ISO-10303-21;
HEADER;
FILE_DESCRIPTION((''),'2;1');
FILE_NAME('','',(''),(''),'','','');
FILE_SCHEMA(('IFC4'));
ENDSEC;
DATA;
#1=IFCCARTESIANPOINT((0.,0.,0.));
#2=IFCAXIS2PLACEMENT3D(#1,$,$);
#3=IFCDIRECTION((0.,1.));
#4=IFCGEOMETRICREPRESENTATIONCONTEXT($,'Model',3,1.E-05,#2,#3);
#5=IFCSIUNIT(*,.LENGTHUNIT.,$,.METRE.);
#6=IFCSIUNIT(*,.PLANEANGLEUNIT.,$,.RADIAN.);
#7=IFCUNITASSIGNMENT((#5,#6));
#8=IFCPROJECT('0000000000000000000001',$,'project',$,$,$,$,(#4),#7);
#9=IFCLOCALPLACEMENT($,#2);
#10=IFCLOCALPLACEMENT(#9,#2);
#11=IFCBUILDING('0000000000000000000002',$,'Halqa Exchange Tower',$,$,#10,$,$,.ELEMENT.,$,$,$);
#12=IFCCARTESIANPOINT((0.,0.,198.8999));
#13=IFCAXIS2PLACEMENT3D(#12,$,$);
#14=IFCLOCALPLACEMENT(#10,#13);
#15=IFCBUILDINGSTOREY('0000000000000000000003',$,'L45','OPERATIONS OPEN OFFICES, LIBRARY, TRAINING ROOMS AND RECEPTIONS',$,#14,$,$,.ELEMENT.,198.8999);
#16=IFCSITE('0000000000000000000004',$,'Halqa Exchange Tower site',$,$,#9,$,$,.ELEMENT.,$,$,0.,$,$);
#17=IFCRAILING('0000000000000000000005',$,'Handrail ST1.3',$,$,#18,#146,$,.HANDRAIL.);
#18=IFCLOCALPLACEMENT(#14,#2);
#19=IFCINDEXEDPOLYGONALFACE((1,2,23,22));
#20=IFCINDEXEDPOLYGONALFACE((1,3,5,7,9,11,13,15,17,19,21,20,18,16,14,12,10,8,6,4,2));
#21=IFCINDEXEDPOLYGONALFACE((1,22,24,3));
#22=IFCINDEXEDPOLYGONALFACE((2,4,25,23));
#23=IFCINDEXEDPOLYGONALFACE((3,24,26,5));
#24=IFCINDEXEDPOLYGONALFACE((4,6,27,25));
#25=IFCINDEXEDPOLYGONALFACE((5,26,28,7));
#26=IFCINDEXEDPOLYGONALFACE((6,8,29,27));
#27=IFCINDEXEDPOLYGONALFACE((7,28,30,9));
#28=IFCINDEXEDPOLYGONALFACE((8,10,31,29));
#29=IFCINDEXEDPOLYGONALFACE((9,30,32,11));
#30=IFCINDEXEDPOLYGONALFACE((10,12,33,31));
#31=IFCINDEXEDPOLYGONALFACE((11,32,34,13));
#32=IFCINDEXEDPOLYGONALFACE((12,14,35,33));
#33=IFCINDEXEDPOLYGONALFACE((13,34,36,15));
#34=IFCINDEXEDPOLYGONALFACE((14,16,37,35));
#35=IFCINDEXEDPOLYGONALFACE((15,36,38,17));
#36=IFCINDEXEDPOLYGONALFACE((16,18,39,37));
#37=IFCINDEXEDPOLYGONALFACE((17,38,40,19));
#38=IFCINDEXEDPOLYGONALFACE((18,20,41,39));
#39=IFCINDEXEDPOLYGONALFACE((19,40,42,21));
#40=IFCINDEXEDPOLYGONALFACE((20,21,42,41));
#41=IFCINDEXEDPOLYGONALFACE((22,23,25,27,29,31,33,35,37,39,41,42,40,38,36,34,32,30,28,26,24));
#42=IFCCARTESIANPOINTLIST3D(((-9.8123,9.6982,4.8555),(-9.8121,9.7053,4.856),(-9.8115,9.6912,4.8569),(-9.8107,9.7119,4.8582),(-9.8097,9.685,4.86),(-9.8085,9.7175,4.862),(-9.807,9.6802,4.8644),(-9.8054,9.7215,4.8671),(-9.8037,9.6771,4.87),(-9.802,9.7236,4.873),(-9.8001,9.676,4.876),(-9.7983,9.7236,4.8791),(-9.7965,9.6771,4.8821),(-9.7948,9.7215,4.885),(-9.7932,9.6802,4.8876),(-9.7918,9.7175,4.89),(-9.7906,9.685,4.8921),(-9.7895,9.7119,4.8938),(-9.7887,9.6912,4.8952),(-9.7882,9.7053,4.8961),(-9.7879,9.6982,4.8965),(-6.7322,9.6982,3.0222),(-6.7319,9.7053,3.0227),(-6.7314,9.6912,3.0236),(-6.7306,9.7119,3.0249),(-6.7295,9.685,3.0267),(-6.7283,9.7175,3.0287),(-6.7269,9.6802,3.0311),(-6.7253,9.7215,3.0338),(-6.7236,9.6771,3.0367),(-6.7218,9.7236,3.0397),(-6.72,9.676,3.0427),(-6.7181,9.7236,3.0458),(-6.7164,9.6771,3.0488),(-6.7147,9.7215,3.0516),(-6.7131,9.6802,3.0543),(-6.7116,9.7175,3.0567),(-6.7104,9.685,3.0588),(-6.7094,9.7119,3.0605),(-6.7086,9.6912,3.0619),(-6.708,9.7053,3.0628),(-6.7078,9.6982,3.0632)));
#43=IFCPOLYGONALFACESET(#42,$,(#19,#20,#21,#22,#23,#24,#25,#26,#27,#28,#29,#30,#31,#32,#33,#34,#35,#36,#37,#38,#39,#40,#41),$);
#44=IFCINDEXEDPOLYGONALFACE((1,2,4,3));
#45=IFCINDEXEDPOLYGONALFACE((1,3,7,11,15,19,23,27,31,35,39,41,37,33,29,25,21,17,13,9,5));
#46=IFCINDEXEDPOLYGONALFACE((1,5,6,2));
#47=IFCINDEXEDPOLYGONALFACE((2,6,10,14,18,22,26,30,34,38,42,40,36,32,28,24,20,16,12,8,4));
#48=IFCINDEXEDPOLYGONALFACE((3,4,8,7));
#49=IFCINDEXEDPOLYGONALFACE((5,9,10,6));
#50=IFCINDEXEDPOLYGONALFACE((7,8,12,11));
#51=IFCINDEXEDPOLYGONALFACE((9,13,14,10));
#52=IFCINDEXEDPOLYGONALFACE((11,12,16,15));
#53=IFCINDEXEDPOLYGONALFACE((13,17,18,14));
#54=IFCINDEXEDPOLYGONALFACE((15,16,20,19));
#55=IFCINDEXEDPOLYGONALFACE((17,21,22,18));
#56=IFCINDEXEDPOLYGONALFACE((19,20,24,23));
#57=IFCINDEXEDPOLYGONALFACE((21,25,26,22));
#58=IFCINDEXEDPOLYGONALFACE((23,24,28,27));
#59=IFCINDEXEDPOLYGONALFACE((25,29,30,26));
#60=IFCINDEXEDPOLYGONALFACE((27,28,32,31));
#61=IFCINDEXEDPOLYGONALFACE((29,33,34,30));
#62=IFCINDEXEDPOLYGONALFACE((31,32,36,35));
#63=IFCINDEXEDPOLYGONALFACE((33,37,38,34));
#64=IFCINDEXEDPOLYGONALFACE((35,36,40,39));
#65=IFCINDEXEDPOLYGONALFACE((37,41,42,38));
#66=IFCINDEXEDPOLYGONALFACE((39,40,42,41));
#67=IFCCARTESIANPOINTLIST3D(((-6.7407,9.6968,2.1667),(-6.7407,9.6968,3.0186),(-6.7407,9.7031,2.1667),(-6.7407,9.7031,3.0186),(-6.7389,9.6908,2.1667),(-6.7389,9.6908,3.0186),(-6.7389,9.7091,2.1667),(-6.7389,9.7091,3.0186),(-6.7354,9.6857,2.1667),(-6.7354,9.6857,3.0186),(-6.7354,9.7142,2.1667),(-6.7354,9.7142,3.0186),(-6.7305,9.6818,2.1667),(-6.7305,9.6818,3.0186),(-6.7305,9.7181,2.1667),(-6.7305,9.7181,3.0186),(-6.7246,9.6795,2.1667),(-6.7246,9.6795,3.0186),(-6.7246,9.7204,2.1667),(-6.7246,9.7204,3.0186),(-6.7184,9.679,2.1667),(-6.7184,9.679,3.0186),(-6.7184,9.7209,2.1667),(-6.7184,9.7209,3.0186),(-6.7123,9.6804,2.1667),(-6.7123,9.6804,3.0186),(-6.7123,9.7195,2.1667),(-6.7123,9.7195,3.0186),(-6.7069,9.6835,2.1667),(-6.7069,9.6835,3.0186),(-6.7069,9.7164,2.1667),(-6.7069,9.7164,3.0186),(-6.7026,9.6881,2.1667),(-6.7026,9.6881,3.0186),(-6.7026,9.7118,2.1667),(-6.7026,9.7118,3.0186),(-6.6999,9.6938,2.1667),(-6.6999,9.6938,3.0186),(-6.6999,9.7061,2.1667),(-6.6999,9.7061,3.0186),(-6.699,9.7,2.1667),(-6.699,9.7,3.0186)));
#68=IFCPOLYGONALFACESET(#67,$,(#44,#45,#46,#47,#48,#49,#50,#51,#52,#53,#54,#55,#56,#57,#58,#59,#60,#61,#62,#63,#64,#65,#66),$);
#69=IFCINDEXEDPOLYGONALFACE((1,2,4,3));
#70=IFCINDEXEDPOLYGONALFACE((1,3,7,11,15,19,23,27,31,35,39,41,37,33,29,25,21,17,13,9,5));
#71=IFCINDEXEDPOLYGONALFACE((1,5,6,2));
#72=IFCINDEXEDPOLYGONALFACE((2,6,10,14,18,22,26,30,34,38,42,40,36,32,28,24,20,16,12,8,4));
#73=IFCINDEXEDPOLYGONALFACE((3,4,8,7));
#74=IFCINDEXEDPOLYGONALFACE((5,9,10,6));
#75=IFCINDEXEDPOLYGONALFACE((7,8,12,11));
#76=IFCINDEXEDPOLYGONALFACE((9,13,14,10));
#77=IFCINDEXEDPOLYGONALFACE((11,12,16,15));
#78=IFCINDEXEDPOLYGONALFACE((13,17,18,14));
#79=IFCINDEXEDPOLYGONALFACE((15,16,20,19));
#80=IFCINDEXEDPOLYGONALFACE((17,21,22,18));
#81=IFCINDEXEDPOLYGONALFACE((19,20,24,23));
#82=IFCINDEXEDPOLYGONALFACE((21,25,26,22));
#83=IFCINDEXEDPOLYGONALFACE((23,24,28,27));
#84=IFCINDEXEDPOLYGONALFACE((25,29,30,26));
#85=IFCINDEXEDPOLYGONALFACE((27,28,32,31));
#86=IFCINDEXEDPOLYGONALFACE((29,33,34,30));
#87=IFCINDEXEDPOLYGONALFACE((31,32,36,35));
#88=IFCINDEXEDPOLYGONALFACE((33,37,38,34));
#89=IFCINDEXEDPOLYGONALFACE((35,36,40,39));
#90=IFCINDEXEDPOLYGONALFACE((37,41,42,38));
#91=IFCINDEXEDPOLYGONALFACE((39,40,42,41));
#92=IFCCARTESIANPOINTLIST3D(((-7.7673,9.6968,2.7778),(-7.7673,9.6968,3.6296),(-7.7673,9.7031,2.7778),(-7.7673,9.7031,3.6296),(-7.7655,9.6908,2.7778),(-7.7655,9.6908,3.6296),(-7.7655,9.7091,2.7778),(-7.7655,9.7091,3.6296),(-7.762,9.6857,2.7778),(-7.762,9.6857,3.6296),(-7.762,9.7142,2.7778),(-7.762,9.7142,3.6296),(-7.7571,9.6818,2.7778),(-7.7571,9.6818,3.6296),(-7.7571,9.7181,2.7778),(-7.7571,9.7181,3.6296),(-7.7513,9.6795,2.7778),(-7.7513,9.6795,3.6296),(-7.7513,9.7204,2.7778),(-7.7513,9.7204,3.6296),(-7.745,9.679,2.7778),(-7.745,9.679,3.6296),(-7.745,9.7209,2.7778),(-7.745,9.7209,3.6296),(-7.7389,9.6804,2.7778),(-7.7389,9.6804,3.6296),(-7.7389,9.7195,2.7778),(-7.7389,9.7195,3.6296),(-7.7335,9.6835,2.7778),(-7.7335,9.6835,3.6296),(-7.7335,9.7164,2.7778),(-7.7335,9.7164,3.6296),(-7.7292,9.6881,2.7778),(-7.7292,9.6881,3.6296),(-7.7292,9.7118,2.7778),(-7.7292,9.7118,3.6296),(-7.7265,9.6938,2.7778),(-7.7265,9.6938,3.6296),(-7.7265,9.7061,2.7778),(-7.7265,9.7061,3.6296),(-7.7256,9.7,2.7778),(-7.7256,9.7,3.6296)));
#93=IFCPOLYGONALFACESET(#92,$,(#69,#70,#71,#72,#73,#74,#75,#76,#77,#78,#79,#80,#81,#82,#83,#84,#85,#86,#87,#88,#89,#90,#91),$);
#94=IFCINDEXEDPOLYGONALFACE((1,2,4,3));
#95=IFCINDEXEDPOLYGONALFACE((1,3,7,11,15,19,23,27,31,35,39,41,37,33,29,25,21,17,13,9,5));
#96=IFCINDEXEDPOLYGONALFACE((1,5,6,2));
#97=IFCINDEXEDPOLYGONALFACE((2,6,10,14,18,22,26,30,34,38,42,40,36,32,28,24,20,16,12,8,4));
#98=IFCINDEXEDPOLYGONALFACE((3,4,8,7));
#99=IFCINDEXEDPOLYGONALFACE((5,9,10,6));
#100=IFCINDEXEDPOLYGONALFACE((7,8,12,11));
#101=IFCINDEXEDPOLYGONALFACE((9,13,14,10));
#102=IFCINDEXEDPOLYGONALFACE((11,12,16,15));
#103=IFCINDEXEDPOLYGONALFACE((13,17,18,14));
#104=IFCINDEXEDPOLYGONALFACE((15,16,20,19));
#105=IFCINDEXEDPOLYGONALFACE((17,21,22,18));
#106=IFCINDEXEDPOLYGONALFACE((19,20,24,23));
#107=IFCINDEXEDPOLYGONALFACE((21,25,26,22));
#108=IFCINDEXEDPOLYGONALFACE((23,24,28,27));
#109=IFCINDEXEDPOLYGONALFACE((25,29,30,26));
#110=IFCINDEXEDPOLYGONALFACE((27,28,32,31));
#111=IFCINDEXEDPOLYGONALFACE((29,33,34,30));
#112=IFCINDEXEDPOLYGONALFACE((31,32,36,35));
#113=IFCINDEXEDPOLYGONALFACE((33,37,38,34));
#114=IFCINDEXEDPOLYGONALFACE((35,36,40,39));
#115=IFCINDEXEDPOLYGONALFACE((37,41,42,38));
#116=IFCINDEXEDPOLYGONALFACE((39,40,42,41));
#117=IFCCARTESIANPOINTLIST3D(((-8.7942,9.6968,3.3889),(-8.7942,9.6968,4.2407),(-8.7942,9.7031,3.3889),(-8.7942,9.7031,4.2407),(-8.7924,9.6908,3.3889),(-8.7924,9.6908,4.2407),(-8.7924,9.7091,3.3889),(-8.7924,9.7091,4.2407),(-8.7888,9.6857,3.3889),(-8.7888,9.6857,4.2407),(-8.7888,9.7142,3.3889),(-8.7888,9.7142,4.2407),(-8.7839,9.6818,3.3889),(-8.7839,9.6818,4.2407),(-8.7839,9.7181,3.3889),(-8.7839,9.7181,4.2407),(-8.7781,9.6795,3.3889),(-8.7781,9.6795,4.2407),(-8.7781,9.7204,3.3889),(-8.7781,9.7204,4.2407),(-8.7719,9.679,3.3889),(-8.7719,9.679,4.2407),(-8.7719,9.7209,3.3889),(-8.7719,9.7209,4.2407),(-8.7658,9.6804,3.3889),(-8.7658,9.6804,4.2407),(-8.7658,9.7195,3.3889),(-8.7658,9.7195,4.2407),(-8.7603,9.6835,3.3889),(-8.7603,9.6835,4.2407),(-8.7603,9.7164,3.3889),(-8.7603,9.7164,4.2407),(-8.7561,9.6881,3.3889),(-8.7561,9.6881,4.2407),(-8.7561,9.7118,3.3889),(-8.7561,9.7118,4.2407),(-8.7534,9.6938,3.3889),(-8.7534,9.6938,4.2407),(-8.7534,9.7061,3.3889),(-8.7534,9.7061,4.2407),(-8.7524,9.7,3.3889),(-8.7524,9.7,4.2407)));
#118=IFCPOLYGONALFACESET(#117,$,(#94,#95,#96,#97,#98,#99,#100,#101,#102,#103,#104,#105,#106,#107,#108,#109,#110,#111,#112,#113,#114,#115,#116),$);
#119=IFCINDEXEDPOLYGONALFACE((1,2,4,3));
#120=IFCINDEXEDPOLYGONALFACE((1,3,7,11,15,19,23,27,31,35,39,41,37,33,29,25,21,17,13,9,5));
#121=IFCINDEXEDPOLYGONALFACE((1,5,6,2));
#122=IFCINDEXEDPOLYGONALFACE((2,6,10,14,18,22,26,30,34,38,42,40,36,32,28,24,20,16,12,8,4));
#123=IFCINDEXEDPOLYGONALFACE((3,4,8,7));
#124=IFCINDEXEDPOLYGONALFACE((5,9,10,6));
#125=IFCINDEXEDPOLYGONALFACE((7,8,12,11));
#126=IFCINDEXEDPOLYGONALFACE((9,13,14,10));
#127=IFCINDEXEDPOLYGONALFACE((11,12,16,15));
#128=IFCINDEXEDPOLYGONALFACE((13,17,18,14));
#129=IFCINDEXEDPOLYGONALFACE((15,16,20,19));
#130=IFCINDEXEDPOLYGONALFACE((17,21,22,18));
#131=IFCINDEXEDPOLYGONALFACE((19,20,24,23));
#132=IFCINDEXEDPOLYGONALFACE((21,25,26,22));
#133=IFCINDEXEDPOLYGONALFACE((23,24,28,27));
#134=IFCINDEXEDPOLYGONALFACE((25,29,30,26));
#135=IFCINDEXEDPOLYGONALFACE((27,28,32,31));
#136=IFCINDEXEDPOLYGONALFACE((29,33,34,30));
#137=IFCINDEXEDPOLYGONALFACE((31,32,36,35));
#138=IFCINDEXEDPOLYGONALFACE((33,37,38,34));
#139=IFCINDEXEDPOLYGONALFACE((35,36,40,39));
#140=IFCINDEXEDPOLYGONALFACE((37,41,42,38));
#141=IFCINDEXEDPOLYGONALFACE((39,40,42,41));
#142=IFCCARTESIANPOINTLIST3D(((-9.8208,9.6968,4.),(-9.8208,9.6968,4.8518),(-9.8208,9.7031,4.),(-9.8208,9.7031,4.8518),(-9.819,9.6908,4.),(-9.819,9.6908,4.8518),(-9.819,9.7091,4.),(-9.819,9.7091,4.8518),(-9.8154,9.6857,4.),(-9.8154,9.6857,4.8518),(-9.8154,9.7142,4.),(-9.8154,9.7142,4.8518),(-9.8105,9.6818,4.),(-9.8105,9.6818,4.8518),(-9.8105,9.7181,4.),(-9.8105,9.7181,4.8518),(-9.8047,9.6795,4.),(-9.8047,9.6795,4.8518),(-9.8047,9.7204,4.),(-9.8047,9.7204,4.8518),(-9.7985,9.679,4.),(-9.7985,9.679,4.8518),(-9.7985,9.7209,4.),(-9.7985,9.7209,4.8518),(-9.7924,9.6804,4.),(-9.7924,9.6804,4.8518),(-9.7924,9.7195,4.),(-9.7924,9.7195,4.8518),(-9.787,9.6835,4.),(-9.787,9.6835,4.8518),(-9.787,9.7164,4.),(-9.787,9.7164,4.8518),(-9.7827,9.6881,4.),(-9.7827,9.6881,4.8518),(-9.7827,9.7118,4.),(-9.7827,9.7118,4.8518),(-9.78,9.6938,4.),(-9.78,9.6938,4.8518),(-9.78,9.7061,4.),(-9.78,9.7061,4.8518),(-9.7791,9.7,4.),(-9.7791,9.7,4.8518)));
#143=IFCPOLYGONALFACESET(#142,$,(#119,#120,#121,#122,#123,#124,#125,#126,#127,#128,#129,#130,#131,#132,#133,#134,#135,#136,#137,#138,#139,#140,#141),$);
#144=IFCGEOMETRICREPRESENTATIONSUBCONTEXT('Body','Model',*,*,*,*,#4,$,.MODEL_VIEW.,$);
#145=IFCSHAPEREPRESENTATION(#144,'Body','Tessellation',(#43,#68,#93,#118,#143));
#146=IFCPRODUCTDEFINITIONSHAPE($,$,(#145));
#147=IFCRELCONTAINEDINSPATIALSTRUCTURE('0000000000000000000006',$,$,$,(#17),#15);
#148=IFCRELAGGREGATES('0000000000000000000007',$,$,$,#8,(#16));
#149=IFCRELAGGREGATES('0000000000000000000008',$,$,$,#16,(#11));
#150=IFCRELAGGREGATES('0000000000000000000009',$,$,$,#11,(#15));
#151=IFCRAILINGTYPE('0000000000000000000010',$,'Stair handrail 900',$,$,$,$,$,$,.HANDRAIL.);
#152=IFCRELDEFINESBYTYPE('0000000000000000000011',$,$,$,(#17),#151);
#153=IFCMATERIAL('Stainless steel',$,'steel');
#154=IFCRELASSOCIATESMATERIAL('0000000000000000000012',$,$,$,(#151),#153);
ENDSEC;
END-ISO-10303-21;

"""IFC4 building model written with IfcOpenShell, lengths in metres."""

from ifc_helpers import new_model, si_unit, direction, frame, origin, origin_2d, place, context, subcontext, project, spatial, circle, extrude, material, type_object, element, save


model = new_model("IFC4")

# Units and contexts
model_context = context("Model", 3, precision=1e-05, world=origin(), true_north=direction((0.0, 1.0)))
body_context = subcontext(model_context, "Body", "Model", "MODEL_VIEW")
ifc_project = project(units=[si_unit("LENGTHUNIT", "METRE"), si_unit("PLANEANGLEUNIT", "RADIAN")], contexts=[model_context])

# Site, building, storey
site_placement = place(None, origin())
site = spatial("IfcSite", under=ifc_project, at=site_placement, Name="Halqa Exchange Tower site", CompositionType="ELEMENT", RefElevation=0.0)
building_placement = place(site_placement, origin())
building = spatial("IfcBuilding", under=site, at=building_placement, Name="Halqa Exchange Tower", CompositionType="ELEMENT")
storey_placement = place(building_placement, frame((0.0, 0.0, 198.8999)))
storey = spatial("IfcBuildingStorey", under=building, at=storey_placement, Name="L45", Description="OPERATIONS OPEN OFFICES, LIBRARY, TRAINING ROOMS AND RECEPTIONS", CompositionType="ELEMENT", Elevation=198.8999)

# Railing
ifc_material_1 = material(Name="Stainless steel", Category="steel")
railing_type_1 = type_object("IfcRailingType", Name="Stair handrail 900", PredefinedType="HANDRAIL", material=ifc_material_1)
railing_1_placement = place(storey_placement, frame((-6.72, 9.7, 2.1667)))
element("IfcRailing", 1, at=railing_1_placement, inside=storey, type_object=railing_type_1, Name="Handrail ST1.3", PredefinedType="HANDRAIL", context=body_context, shape_type="SweptSolid", body=[
    extrude(circle(Radius=0.0239, at=origin_2d()), frame((0.0, 0.0, 0.876), z_axis=(-0.859309, 0.0, 0.511458), x_axis=(0.0, -1.0, 0.0)), (0.0, 0.0, 1.0), 3.5845),
    extrude(circle(Radius=0.021, at=origin_2d()), origin(), (0.0, 0.0, 1.0), 0.8518),
    extrude(circle(Radius=0.021, at=origin_2d()), frame((-1.0266, 0.0, 0.6111)), (0.0, 0.0, 1.0), 0.8518),
    extrude(circle(Radius=0.021, at=origin_2d()), frame((-2.0535, 0.0, 1.2222)), (0.0, 0.0, 1.0), 0.8518),
    extrude(circle(Radius=0.021, at=origin_2d()), frame((-3.0801, 0.0, 1.8333)), (0.0, 0.0, 1.0), 0.8518),
])

save(model, "model.ifc")
